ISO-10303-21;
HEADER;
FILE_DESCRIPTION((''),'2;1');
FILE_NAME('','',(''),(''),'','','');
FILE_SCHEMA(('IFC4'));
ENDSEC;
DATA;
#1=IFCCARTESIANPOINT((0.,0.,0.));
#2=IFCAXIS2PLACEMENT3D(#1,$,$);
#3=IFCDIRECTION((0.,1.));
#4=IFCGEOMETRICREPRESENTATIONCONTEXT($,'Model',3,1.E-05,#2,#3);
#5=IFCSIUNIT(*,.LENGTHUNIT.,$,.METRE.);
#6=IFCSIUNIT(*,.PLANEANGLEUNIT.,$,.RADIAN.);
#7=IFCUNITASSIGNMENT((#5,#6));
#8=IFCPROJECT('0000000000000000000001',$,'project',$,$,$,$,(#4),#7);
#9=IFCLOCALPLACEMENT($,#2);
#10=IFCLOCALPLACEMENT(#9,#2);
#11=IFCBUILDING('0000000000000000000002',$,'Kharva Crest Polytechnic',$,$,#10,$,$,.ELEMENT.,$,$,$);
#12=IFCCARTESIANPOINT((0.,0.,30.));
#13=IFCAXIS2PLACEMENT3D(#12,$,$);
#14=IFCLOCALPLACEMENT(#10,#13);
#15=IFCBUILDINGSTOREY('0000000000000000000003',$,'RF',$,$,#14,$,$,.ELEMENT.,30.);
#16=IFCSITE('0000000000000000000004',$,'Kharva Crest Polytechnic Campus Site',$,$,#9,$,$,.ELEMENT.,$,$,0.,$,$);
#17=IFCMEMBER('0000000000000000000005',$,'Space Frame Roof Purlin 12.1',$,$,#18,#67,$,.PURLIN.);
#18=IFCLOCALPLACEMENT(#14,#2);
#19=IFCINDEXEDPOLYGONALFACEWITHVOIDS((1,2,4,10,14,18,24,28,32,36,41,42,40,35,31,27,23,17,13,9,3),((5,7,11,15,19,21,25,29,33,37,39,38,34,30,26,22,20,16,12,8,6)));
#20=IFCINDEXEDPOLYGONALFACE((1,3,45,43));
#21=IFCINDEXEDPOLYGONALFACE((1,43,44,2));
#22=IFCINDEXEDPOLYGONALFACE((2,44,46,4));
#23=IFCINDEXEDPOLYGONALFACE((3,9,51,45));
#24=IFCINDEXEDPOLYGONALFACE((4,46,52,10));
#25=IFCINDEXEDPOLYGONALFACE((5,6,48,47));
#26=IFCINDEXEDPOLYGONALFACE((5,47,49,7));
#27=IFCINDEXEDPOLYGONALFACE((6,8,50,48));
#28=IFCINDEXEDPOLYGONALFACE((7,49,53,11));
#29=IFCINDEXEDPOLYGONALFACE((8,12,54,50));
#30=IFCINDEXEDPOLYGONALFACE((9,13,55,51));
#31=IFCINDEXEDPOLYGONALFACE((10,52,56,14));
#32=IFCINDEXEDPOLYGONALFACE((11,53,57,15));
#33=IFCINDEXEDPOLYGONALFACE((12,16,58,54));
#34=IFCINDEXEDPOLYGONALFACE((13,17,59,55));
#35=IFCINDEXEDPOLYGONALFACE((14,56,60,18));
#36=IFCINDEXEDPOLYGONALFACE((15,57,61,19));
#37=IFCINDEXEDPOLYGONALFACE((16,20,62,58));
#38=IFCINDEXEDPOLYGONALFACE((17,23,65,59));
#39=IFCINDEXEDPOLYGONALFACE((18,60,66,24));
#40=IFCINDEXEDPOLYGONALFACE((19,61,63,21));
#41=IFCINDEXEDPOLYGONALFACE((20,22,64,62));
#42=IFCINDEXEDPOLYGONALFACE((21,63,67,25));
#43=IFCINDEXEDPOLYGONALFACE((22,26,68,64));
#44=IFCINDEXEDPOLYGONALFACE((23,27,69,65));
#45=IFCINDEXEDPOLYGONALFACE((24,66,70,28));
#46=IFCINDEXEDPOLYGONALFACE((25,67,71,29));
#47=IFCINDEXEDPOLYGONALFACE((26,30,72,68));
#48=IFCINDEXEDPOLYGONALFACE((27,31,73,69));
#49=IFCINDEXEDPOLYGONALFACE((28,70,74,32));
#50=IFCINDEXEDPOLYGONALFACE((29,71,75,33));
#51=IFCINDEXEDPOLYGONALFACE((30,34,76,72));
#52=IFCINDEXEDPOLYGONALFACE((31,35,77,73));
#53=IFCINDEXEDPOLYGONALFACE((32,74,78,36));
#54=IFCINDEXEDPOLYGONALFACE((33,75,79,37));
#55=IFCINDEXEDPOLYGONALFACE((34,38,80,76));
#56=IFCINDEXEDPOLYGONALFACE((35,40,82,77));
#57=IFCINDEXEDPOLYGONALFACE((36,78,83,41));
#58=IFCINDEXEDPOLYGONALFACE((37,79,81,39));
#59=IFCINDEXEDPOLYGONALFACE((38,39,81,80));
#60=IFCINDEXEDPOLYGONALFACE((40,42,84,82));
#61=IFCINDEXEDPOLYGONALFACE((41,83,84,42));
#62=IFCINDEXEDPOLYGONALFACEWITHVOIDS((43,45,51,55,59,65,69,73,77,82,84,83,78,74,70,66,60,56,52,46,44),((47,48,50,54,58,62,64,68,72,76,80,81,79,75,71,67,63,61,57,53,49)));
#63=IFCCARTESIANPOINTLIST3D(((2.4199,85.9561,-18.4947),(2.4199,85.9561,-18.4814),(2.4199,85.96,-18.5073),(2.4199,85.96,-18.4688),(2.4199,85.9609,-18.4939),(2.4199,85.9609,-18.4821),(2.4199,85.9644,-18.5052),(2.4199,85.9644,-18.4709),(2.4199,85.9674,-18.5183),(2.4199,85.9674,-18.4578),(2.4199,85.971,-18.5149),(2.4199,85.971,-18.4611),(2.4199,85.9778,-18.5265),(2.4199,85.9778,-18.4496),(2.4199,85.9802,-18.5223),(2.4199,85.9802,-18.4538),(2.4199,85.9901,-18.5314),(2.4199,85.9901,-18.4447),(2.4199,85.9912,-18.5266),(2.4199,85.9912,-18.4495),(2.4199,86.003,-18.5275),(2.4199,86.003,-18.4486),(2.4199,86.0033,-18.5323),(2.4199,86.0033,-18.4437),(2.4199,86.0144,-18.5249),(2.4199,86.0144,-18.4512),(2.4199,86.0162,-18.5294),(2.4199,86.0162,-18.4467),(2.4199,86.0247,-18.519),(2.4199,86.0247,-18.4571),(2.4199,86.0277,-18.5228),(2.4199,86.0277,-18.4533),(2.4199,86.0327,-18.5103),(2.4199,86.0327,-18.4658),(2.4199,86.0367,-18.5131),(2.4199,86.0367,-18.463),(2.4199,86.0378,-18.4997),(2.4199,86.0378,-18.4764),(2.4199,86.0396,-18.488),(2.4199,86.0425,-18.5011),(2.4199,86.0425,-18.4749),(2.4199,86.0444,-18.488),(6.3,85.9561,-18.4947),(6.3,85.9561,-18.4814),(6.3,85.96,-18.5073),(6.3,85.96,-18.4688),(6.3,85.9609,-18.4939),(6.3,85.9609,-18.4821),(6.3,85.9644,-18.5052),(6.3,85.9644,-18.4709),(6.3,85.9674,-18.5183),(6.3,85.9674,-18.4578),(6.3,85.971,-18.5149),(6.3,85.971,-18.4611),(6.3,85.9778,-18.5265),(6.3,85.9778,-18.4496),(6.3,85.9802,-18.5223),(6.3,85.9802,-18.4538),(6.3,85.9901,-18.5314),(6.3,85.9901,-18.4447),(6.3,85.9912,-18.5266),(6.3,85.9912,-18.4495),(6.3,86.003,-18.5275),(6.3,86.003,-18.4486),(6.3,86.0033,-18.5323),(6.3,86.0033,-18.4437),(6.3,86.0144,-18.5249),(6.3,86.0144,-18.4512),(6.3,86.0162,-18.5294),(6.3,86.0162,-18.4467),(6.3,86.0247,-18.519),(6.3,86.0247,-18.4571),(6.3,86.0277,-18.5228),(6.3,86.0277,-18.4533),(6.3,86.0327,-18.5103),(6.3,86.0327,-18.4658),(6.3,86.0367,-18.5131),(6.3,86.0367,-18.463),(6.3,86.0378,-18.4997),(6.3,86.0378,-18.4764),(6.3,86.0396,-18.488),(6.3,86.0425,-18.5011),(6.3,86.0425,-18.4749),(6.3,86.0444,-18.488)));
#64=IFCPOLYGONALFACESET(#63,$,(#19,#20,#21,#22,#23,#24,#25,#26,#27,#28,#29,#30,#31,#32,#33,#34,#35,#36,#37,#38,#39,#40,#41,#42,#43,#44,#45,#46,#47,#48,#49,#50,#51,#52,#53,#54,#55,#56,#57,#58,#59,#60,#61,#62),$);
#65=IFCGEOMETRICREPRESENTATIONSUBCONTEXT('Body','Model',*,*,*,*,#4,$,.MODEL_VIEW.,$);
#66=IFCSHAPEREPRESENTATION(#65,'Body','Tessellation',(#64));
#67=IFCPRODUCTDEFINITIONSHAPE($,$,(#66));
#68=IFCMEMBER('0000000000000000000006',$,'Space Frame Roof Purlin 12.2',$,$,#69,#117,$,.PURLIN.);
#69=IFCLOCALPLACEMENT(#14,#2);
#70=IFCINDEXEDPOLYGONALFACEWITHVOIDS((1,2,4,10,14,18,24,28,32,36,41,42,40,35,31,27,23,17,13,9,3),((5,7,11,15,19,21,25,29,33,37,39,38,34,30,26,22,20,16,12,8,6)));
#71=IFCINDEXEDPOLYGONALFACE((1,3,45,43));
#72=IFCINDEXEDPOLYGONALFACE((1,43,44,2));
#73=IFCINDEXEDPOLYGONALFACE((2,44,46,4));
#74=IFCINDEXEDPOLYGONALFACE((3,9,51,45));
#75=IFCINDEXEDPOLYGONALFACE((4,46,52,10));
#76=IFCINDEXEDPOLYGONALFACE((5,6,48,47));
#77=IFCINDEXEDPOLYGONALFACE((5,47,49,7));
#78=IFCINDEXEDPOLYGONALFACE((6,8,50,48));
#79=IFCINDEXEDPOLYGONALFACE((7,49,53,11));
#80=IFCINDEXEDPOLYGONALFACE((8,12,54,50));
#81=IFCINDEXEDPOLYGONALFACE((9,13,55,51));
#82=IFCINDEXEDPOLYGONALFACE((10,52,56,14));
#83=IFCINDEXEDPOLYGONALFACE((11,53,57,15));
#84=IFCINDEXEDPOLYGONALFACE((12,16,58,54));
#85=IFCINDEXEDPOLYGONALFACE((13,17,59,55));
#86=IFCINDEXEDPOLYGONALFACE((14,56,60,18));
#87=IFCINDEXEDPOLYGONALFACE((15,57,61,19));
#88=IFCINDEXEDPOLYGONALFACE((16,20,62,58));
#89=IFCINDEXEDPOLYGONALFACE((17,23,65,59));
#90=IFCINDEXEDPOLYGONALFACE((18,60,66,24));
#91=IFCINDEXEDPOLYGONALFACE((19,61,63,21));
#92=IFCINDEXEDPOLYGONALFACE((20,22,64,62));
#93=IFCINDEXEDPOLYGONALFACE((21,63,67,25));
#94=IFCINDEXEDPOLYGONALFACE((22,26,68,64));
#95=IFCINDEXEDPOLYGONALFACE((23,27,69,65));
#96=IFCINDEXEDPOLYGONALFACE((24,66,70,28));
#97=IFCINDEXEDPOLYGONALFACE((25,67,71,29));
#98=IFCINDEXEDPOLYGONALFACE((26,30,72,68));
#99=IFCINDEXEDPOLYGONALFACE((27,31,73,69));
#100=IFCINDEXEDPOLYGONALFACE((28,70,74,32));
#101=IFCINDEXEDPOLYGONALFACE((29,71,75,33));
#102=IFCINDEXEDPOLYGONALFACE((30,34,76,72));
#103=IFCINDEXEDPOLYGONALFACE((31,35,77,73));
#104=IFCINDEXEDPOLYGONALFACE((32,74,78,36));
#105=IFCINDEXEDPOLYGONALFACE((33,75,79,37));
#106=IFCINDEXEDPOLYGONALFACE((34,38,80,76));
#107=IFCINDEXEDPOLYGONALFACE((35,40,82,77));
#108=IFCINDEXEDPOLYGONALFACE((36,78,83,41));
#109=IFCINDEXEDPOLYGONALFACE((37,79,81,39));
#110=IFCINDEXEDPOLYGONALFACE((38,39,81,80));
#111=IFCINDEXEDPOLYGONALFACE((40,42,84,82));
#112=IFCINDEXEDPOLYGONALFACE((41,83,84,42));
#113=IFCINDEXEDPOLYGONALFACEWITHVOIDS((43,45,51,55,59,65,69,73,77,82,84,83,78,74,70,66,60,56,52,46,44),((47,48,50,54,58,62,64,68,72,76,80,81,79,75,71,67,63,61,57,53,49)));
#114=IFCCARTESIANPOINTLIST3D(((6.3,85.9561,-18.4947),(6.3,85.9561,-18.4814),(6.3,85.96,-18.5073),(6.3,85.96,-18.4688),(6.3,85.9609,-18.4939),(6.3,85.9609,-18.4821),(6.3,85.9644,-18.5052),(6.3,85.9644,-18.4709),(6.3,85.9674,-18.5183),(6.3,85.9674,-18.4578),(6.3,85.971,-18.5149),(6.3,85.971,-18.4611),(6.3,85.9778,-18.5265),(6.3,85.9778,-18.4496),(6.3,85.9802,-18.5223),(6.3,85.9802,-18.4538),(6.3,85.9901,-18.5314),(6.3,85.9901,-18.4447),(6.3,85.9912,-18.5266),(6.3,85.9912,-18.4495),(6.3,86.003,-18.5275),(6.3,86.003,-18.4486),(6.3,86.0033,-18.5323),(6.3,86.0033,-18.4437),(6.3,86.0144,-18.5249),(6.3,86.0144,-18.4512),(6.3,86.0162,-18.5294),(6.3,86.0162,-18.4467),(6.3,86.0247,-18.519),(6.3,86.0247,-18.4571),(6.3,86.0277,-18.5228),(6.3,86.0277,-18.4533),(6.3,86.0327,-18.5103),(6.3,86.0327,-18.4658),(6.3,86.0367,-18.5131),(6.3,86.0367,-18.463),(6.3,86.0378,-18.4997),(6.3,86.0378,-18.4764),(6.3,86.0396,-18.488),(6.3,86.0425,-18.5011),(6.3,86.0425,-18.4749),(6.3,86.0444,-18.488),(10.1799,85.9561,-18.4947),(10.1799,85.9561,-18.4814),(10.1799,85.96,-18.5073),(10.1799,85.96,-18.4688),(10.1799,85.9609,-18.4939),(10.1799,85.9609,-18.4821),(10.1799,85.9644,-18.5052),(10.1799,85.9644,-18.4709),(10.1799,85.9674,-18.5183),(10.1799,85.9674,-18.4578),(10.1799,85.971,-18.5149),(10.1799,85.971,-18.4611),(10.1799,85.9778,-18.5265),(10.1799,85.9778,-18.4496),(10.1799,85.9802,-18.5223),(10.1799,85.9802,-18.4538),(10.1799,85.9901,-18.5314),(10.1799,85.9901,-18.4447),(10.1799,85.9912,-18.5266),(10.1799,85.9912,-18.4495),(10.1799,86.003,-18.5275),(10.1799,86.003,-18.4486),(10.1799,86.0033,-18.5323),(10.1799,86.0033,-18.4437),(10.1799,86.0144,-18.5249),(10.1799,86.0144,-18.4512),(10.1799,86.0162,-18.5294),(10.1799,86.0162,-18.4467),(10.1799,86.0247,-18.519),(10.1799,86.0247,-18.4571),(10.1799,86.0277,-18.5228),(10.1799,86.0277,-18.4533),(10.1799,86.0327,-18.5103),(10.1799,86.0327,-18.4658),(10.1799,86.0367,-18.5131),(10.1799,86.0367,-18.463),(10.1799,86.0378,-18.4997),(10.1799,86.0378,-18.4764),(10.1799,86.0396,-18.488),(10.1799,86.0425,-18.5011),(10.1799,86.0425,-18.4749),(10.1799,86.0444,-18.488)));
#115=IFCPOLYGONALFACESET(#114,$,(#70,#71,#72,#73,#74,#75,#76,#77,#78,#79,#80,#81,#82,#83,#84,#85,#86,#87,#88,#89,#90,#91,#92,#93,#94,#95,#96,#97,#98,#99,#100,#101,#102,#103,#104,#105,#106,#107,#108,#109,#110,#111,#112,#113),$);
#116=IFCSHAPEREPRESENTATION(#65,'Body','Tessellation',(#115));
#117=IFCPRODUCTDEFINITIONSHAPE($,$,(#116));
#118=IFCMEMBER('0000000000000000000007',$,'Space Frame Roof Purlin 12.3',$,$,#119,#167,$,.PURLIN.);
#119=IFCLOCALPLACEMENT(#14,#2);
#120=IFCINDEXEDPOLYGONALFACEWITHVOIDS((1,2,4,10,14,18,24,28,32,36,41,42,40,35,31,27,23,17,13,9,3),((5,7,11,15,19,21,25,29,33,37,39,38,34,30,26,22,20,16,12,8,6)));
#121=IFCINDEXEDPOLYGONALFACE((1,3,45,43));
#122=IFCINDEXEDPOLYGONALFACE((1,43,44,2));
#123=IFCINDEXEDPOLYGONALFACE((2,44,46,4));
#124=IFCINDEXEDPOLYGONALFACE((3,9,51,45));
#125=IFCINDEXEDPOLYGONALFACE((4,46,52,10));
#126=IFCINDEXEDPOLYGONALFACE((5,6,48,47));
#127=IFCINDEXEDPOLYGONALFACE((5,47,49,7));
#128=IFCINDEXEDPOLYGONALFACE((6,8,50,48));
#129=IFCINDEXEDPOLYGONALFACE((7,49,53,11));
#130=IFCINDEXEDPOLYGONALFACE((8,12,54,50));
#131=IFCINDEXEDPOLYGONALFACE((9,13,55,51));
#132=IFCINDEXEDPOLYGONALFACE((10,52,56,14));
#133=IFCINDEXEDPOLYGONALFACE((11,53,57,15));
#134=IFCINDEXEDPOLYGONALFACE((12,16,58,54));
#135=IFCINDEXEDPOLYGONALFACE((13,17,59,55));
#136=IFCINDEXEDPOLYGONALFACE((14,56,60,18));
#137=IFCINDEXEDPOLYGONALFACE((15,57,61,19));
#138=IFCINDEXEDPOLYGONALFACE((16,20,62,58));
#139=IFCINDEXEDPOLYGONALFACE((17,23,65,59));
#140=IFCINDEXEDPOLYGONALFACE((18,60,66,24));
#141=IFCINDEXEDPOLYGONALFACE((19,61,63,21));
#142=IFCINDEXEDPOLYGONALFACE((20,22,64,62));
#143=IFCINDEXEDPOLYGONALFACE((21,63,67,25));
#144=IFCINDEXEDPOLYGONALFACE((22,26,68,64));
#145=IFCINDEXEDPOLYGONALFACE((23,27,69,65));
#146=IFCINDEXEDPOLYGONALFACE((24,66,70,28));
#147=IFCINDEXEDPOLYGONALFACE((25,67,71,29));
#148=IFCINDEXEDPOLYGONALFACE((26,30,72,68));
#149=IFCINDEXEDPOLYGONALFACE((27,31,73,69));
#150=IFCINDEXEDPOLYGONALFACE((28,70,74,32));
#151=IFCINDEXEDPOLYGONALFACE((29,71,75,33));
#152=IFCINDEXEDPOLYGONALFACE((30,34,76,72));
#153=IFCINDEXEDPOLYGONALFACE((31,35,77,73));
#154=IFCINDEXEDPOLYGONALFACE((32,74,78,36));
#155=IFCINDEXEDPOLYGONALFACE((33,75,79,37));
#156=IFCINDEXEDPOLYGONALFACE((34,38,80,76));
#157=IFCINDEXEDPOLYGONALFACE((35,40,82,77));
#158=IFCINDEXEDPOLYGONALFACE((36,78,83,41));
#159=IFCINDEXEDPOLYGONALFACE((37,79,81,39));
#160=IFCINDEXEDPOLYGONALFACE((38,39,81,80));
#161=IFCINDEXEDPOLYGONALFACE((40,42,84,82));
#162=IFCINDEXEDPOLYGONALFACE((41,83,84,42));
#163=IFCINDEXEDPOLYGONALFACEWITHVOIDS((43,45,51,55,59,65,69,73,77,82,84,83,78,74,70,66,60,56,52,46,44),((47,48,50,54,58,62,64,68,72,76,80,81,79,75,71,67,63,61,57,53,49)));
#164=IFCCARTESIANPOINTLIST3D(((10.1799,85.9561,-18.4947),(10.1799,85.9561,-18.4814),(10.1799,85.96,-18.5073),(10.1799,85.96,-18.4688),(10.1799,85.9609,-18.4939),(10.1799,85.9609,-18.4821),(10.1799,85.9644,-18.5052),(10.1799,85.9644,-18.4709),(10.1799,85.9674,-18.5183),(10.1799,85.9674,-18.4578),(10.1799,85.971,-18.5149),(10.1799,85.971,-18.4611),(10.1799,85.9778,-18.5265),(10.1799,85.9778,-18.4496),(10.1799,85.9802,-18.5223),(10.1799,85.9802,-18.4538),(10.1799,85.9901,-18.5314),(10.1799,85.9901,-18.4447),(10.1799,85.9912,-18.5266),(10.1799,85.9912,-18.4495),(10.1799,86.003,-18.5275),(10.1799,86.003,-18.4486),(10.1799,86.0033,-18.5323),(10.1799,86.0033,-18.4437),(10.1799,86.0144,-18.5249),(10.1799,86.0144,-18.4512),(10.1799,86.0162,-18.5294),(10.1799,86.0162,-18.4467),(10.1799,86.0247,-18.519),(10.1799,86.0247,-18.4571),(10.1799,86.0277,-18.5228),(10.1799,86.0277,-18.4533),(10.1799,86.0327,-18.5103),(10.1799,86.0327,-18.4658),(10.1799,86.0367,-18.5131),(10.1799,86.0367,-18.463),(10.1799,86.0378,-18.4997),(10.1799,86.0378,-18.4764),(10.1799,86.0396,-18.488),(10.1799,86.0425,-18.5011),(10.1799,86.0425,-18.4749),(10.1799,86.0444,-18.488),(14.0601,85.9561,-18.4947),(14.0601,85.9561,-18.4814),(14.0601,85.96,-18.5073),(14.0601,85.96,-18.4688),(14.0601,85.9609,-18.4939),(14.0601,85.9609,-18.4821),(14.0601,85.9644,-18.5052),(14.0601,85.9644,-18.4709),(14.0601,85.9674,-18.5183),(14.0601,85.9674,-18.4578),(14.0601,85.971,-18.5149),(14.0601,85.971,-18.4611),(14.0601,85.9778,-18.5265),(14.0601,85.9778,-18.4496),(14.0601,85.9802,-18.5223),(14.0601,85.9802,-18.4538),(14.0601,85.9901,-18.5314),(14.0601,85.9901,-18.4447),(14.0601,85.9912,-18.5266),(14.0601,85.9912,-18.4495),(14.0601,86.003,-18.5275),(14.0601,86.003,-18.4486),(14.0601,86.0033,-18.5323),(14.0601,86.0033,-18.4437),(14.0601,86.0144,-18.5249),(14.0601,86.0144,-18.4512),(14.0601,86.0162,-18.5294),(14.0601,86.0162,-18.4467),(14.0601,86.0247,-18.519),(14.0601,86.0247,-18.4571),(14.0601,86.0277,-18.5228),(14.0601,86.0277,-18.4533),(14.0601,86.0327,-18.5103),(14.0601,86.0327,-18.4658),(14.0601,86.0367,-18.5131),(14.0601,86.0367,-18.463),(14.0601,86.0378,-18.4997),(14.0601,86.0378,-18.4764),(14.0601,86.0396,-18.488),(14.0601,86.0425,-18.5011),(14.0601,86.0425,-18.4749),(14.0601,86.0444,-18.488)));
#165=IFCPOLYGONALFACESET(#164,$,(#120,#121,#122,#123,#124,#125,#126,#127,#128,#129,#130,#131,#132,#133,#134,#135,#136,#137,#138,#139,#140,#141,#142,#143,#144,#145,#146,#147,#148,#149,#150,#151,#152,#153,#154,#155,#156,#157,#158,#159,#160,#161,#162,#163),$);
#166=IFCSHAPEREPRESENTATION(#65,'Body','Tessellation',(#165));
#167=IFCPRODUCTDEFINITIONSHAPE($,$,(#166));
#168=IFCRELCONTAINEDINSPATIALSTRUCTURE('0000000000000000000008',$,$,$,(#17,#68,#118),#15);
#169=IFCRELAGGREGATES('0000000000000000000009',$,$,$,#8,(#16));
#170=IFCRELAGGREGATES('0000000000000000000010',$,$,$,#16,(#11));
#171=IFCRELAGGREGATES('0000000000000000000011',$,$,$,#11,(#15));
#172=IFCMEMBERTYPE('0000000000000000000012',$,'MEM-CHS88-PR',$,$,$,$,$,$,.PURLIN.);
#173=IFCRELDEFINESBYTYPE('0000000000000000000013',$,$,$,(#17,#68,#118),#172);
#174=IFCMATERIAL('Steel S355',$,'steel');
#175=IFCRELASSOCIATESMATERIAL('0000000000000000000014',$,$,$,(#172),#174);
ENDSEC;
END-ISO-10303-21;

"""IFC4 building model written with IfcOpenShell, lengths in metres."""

from ifc_helpers import new_model, si_unit, direction, frame, origin, origin_2d, place, context, subcontext, project, spatial, hollow_circle, extrude, material, material_profile, profile_set, type_object, element, save


model = new_model("IFC4")

# Units and contexts
model_context = context("Model", 3, precision=1e-05, world=origin(), true_north=direction((0.0, 1.0)))
body_context = subcontext(model_context, "Body", "Model", "MODEL_VIEW")
ifc_project = project(units=[si_unit("LENGTHUNIT", "METRE"), si_unit("PLANEANGLEUNIT", "RADIAN")], contexts=[model_context])

# Site, building, storey
site_placement = place(None, origin())
site = spatial("IfcSite", under=ifc_project, at=site_placement, Name="Kharva Crest Polytechnic Campus Site", CompositionType="ELEMENT", RefElevation=0.0)
building_placement = place(site_placement, origin())
building = spatial("IfcBuilding", under=site, at=building_placement, Name="Kharva Crest Polytechnic", CompositionType="ELEMENT")
storey_placement = place(building_placement, frame((0.0, 0.0, 30.0)))
storey = spatial("IfcBuildingStorey", under=building, at=storey_placement, Name="RF", CompositionType="ELEMENT", Elevation=30.0)

# Members
ifc_material = material(Name="Steel S355", Category="steel")
ifc_material_profile = material_profile(ifc_material, hollow_circle(Radius=0.0444, WallThickness=0.0049, at=origin_2d()), Name="CHS 88.9X5.0")
ifc_profile_set = profile_set([ifc_material_profile], Name="Steel S355")
member_type = type_object("IfcMemberType", Name="MEM-CHS88-PR", PredefinedType="PURLIN", material=ifc_profile_set)
for number, where, z_axis, x_axis, name in (
    (1, (2.4199, 86.0, -18.488), (1.0, 0.0, 0.0), (0.0, 1.0, 0.0), "Space Frame Roof Purlin 12.1"),
):
    element("IfcMember", number, at=place(storey_placement, frame(where, z_axis=z_axis, x_axis=x_axis)), inside=storey, type_object=member_type, Name=name, PredefinedType="PURLIN", context=body_context, shape_type="SweptSolid", body=[
        extrude(hollow_circle(Radius=0.0444, WallThickness=0.0049, at=origin_2d()), origin(), (0.0, 0.0, 1.0), 3.8801),
    ])
member_1_placement = place(storey_placement, frame((6.3, 86.0, -18.488), z_axis=(1.0, 0.0, 0.0), x_axis=(0.0, 1.0, 0.0)))
element("IfcMember", 2, at=member_1_placement, inside=storey, type_object=member_type, Name="Space Frame Roof Purlin 12.2", PredefinedType="PURLIN", context=body_context, shape_type="SweptSolid", body=[
    extrude(hollow_circle(Radius=0.0444, WallThickness=0.0049, at=origin_2d()), origin(), (0.0, 0.0, 1.0), 3.8799),
])
for number, where, z_axis, x_axis, name in (
    (3, (10.1799, 86.0, -18.488), (1.0, 0.0, 0.0), (0.0, 1.0, 0.0), "Space Frame Roof Purlin 12.3"),
):
    element("IfcMember", number, at=place(storey_placement, frame(where, z_axis=z_axis, x_axis=x_axis)), inside=storey, type_object=member_type, Name=name, PredefinedType="PURLIN", context=body_context, shape_type="SweptSolid", body=[
        extrude(hollow_circle(Radius=0.0444, WallThickness=0.0049, at=origin_2d()), origin(), (0.0, 0.0, 1.0), 3.8801),
    ])

save(model, "model.ifc")
